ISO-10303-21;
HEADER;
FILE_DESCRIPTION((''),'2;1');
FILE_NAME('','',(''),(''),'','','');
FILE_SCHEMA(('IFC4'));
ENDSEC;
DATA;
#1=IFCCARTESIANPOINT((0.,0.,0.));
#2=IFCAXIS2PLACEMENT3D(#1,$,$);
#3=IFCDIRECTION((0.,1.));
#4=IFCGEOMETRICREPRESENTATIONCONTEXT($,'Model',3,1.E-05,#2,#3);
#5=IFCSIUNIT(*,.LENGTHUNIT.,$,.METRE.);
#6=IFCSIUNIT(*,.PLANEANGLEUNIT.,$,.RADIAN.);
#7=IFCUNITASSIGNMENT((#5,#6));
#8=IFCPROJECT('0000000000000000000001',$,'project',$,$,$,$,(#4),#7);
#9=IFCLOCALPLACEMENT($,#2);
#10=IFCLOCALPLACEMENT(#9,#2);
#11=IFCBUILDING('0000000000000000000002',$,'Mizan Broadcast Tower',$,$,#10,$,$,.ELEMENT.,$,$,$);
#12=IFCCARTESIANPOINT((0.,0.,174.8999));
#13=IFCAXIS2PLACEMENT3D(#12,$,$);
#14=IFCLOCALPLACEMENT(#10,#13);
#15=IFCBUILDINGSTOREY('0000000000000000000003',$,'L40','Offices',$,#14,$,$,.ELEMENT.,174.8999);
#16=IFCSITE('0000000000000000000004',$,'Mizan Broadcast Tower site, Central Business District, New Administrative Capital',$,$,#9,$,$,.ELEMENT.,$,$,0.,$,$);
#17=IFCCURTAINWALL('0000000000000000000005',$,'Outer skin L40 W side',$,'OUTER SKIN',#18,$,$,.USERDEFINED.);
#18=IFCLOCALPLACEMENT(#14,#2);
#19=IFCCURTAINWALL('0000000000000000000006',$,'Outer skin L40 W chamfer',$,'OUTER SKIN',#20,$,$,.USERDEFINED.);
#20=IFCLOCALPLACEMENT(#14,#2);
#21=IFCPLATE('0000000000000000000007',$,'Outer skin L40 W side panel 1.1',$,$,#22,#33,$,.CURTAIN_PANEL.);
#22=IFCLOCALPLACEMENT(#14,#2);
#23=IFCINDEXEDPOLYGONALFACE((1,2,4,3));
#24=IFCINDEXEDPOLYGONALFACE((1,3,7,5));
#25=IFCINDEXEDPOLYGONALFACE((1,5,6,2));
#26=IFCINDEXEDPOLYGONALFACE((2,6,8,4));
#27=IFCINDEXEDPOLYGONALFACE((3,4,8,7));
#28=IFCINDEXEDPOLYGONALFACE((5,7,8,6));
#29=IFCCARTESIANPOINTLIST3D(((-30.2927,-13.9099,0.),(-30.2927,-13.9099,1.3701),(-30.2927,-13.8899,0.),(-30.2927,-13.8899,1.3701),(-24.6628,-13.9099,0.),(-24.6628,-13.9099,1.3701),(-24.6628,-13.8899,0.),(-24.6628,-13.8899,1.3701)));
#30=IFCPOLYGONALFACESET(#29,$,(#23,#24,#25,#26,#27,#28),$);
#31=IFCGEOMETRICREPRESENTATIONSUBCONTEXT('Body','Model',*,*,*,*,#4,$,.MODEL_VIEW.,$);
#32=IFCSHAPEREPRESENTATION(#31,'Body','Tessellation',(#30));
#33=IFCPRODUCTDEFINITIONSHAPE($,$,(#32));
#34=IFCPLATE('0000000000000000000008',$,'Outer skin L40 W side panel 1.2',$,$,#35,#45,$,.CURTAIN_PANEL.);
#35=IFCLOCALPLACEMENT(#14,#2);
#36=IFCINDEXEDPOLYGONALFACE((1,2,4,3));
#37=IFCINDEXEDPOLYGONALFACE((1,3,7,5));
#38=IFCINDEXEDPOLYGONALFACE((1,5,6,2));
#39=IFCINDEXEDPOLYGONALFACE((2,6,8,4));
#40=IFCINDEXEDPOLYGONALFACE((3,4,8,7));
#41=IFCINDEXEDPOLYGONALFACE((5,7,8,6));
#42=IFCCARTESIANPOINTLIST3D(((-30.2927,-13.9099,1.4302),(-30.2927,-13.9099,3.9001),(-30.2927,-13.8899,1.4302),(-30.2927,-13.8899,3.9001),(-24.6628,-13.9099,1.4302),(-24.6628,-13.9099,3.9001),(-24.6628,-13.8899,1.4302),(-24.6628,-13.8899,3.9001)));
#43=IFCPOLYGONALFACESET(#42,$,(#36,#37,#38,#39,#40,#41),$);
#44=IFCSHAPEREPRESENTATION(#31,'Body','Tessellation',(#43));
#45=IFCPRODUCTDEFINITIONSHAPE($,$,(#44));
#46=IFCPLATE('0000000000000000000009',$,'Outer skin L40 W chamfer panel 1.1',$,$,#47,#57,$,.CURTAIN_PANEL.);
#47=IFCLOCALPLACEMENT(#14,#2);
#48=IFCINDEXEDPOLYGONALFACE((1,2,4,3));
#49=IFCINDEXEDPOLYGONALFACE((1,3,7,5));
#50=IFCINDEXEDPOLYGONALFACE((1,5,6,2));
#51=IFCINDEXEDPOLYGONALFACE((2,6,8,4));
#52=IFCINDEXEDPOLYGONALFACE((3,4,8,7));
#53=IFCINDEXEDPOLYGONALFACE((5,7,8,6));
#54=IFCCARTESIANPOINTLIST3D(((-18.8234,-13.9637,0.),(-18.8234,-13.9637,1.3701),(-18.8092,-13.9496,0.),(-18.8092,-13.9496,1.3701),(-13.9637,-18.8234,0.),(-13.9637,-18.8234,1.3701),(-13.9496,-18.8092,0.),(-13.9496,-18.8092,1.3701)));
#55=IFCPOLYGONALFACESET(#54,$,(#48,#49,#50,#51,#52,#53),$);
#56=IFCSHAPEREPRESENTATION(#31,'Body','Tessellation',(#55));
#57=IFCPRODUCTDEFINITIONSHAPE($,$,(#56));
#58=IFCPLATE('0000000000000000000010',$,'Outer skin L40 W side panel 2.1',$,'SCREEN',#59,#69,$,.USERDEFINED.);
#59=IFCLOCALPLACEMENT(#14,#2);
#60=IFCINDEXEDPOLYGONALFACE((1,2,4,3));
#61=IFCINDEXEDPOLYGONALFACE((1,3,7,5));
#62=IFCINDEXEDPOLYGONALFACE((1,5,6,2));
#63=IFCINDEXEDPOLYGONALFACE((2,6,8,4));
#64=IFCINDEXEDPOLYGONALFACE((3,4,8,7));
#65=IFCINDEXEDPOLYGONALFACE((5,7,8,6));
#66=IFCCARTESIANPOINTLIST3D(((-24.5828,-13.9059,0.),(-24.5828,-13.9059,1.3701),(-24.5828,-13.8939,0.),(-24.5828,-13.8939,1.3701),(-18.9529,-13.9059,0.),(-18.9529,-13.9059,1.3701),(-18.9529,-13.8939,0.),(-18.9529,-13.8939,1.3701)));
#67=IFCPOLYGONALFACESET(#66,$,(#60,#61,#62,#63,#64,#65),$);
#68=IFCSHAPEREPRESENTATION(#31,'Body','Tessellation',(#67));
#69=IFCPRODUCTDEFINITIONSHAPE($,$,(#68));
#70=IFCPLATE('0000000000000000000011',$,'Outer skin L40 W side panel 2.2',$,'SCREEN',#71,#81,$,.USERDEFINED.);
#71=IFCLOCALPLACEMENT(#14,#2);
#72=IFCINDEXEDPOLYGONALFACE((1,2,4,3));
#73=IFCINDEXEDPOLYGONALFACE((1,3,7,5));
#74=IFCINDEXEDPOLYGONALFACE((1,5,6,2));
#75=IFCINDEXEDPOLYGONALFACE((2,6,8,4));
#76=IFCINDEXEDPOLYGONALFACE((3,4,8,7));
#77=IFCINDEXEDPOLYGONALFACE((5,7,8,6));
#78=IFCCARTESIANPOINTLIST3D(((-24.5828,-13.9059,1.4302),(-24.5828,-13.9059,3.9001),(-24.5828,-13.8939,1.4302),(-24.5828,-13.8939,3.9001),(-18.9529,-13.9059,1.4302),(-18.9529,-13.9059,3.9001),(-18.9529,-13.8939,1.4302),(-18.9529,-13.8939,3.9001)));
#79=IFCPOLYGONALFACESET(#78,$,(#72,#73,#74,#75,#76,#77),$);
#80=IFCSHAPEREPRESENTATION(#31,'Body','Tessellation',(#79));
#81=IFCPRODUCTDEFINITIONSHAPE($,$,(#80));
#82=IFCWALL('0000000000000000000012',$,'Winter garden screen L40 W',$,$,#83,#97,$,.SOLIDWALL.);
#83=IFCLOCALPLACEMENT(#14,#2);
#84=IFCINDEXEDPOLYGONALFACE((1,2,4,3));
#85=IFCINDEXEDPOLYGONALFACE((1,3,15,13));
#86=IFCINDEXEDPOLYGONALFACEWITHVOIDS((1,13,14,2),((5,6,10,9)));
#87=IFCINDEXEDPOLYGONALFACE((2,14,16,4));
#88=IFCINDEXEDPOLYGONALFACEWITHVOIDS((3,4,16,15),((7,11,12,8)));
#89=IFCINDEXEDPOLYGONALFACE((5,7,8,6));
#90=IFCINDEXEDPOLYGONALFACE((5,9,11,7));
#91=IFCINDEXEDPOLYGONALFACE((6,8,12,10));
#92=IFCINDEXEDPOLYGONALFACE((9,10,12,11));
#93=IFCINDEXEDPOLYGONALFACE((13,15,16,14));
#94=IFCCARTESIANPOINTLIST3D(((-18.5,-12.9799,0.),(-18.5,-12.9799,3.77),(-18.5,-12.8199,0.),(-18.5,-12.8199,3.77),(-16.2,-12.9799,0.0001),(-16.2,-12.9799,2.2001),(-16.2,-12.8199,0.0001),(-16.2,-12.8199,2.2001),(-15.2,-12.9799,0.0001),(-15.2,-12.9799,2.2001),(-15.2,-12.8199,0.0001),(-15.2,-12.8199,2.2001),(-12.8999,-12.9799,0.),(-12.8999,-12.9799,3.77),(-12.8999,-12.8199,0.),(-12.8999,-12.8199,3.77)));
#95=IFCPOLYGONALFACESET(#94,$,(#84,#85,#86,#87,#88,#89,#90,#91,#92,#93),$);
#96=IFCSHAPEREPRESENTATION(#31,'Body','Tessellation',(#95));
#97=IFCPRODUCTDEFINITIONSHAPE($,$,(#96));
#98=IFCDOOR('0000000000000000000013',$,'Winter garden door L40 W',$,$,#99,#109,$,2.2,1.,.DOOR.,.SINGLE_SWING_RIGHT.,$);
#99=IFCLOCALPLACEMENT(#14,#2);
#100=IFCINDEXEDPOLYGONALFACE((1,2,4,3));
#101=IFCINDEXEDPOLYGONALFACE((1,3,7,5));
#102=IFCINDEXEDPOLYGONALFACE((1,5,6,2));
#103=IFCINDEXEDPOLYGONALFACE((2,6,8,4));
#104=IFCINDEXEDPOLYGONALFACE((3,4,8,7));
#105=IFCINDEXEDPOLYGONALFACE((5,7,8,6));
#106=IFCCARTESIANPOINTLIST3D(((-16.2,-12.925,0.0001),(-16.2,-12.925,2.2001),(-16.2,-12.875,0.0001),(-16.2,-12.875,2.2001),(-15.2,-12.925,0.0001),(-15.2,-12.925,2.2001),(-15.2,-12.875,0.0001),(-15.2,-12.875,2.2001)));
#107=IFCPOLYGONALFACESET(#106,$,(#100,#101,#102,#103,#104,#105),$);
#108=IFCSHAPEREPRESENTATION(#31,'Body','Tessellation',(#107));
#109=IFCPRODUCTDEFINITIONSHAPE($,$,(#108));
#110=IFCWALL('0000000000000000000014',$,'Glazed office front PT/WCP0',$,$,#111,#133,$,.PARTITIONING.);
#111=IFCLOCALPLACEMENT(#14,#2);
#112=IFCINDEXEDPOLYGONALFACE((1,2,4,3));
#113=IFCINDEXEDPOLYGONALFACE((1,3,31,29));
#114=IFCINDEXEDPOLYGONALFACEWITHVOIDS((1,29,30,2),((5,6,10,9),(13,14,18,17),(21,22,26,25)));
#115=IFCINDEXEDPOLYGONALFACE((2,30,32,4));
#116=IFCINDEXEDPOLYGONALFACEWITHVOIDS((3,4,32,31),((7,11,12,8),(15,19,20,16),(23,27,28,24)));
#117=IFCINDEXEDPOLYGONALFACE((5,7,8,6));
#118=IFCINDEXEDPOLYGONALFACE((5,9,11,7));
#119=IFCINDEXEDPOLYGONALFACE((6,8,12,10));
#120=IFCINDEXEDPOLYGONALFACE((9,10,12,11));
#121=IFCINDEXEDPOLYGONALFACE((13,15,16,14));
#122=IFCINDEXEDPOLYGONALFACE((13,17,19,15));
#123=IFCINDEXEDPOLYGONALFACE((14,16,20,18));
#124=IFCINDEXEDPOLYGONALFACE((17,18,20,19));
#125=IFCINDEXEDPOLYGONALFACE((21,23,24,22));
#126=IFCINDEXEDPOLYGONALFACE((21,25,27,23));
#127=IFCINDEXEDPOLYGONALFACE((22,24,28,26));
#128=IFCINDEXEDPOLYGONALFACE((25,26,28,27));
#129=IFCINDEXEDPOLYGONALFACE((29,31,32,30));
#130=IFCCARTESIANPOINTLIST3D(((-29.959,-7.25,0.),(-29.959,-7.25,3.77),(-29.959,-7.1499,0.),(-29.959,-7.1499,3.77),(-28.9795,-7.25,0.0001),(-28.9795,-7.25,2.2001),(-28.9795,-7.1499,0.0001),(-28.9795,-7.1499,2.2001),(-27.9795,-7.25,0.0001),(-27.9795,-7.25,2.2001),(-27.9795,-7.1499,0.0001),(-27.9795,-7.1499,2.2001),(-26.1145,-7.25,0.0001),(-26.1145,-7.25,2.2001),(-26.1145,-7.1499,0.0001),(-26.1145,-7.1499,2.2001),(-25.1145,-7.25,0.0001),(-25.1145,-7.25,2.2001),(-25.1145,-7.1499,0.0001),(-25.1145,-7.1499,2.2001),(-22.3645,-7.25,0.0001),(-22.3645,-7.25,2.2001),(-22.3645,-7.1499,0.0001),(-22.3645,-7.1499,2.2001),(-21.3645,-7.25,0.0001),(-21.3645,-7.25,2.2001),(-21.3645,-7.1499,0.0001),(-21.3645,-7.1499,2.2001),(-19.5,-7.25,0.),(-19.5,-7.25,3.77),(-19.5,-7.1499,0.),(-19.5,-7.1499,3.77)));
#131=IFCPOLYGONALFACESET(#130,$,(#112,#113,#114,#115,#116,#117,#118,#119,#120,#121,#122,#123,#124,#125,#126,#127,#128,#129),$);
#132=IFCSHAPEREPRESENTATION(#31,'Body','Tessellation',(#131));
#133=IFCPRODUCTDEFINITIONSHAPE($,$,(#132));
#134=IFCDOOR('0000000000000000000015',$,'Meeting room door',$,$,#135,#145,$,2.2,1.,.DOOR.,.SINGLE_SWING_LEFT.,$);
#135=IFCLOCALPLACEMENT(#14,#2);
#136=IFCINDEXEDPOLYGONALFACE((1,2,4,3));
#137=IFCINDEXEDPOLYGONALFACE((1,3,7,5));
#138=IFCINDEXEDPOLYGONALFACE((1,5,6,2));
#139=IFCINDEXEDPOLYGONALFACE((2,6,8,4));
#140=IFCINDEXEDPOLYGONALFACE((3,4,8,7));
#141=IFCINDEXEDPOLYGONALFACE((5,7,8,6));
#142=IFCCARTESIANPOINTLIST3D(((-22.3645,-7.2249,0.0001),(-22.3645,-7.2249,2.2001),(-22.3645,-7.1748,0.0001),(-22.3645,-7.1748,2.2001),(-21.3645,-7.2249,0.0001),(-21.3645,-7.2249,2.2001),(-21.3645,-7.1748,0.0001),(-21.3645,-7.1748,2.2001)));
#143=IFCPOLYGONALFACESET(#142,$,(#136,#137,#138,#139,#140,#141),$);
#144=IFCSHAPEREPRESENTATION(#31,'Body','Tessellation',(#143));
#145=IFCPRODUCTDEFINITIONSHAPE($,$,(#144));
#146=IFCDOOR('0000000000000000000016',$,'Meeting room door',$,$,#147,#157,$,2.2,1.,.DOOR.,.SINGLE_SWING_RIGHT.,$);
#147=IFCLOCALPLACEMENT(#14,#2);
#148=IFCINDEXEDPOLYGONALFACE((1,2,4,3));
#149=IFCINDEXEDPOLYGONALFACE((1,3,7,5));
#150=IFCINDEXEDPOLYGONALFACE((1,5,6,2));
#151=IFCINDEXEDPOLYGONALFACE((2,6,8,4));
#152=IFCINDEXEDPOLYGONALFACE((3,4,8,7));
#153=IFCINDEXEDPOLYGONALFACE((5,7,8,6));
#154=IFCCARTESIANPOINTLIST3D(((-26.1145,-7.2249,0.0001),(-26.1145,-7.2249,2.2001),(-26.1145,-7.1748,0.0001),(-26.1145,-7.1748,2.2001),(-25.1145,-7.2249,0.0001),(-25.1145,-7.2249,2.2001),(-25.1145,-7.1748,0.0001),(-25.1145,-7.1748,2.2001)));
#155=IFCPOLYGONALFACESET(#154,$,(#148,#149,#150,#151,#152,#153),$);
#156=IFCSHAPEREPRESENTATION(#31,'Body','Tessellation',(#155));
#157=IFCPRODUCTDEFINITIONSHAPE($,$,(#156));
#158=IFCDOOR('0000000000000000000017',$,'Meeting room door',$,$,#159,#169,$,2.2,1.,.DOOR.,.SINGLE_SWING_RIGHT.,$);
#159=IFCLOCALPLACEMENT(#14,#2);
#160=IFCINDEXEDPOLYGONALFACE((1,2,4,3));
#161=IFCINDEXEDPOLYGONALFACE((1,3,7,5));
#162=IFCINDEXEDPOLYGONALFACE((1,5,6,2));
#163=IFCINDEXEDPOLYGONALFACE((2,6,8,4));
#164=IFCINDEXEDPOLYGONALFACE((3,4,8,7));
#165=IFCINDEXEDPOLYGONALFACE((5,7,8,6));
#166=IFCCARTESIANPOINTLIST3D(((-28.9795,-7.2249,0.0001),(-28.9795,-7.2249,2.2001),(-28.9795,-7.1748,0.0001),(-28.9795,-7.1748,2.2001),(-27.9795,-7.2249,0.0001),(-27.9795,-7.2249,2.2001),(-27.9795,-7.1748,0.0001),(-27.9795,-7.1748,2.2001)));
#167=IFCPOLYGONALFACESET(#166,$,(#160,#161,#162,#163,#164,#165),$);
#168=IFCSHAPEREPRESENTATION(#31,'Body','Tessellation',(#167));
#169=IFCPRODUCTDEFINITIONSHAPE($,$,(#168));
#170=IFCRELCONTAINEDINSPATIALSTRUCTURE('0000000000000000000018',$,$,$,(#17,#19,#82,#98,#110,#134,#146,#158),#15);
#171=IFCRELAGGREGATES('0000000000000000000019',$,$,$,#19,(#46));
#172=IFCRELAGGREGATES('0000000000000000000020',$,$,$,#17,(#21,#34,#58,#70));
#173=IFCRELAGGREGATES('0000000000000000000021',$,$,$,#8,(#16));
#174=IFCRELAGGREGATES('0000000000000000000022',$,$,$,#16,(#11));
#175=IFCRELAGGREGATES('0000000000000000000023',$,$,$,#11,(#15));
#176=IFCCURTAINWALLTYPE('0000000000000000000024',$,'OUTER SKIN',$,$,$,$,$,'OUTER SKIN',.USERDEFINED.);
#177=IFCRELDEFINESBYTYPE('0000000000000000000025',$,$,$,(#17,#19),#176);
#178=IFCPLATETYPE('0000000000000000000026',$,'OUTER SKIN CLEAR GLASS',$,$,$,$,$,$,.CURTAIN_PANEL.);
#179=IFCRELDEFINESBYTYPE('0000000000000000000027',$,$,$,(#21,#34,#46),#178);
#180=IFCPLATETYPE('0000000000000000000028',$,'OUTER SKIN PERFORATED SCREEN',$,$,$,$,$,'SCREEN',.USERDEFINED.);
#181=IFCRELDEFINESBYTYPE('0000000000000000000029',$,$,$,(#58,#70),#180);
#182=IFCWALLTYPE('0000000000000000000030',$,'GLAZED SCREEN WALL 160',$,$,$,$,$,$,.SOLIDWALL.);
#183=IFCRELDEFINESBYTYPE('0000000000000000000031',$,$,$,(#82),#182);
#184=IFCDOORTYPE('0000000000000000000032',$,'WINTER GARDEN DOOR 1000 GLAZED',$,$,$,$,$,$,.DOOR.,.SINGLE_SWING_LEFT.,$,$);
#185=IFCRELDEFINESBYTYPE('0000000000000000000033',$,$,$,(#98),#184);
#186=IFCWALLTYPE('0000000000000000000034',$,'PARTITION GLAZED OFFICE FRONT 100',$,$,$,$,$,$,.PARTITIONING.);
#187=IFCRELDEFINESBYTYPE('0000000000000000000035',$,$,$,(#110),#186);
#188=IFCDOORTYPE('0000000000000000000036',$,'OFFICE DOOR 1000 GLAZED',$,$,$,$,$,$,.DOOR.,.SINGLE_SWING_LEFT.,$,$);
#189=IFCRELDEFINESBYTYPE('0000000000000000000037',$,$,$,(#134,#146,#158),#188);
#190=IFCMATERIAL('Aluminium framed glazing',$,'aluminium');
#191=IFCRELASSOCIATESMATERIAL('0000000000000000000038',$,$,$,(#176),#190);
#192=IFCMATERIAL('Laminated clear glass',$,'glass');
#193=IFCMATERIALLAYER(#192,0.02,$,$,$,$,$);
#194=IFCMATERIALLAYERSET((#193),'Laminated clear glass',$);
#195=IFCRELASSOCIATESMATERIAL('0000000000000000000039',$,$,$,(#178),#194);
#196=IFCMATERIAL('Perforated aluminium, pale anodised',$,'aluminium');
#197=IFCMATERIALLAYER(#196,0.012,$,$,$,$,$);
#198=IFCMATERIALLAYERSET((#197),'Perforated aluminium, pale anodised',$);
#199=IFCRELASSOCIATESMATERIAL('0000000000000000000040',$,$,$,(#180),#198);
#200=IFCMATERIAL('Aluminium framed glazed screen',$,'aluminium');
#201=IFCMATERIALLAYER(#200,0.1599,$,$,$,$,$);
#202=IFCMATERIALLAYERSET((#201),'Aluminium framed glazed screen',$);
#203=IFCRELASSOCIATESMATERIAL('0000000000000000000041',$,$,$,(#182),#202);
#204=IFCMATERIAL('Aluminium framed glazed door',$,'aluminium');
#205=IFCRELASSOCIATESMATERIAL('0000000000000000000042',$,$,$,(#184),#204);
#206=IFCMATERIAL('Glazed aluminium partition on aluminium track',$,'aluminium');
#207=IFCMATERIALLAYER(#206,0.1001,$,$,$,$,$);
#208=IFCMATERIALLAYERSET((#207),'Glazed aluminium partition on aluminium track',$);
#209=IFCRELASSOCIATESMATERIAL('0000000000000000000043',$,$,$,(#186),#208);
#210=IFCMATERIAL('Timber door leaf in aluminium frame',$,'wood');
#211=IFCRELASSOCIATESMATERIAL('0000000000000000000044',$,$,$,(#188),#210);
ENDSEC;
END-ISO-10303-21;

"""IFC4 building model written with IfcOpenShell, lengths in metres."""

from ifc_helpers import new_model, si_unit, direction, frame, frame_2d, origin, origin_2d, place, context, subcontext, project, spatial, rectangle, extrude, material, layer, layer_set, type_object, element, fill, aggregate, save


model = new_model("IFC4")

# Units and contexts
model_context = context("Model", 3, precision=1e-05, world=origin(), true_north=direction((0.0, 1.0)))
body_context = subcontext(model_context, "Body", "Model", "MODEL_VIEW")
ifc_project = project(units=[si_unit("LENGTHUNIT", "METRE"), si_unit("PLANEANGLEUNIT", "RADIAN")], contexts=[model_context])

# Site, building, storey
site_placement = place(None, origin())
site = spatial("IfcSite", under=ifc_project, at=site_placement, Name="Mizan Broadcast Tower site, Central Business District, New Administrative Capital", CompositionType="ELEMENT", RefElevation=0.0)
building_placement = place(site_placement, origin())
building = spatial("IfcBuilding", under=site, at=building_placement, Name="Mizan Broadcast Tower", CompositionType="ELEMENT")
storey_placement = place(building_placement, frame((0.0, 0.0, 174.8999)))
storey = spatial("IfcBuildingStorey", under=building, at=storey_placement, Name="L40", Description="Offices", CompositionType="ELEMENT", Elevation=174.8999)

# Curtain wall
ifc_material_1 = material(Name="Aluminium framed glazing", Category="aluminium")
curtain_wall_type_1 = type_object("IfcCurtainWallType", Name="OUTER SKIN", ElementType="OUTER SKIN", PredefinedType="USERDEFINED", material=ifc_material_1)
curtain_wall_1_placement = place(storey_placement, origin())
curtain_wall_1 = element("IfcCurtainWall", 1, at=curtain_wall_1_placement, inside=storey, type_object=curtain_wall_type_1, Name="Outer skin L40 W side", ObjectType="OUTER SKIN", PredefinedType="USERDEFINED")

# Curtain wall
curtain_wall_2_placement = place(storey_placement, origin())
curtain_wall_2 = element("IfcCurtainWall", 2, at=curtain_wall_2_placement, inside=storey, type_object=curtain_wall_type_1, Name="Outer skin L40 W chamfer", ObjectType="OUTER SKIN", PredefinedType="USERDEFINED")

# Plates
ifc_material_2 = material(Name="Laminated clear glass", Category="glass")
ifc_layer_1 = layer(ifc_material_2, 0.02)
ifc_layer_set_1 = layer_set([ifc_layer_1], Name="Laminated clear glass")
plate_type_1 = type_object("IfcPlateType", Name="OUTER SKIN CLEAR GLASS", PredefinedType="CURTAIN_PANEL", material=ifc_layer_set_1)
plate_1_placement = place(storey_placement, frame((-27.4778, -13.8999, 0.0), z_axis=(0.0, 0.0, 1.0), x_axis=(1.0, 0.0, 0.0)))
plate_1 = element("IfcPlate", 3, at=plate_1_placement, type_object=plate_type_1, Name="Outer skin L40 W side panel 1.1", PredefinedType="CURTAIN_PANEL", context=body_context, shape_type="SweptSolid", body=[
    extrude(rectangle(XDim=5.6299, YDim=0.02, at=origin_2d()), origin(), (0.0, 0.0, 1.0), 1.3701),
])
plate_2_placement = place(storey_placement, frame((-27.4778, -13.8999, 1.4302), z_axis=(0.0, 0.0, 1.0), x_axis=(1.0, 0.0, 0.0)))
plate_2 = element("IfcPlate", 4, at=plate_2_placement, type_object=plate_type_1, Name="Outer skin L40 W side panel 1.2", PredefinedType="CURTAIN_PANEL", context=body_context, shape_type="SweptSolid", body=[
    extrude(rectangle(XDim=5.6299, YDim=0.02, at=origin_2d()), origin(), (0.0, 0.0, 1.0), 2.47),
])
plate_3_placement = place(storey_placement, frame((-16.3865, -16.3865, 0.0), z_axis=(0.0, 0.0, 1.0), x_axis=(0.707107, -0.707107, 0.0)))
plate_3 = element("IfcPlate", 5, at=plate_3_placement, type_object=plate_type_1, Name="Outer skin L40 W chamfer panel 1.1", PredefinedType="CURTAIN_PANEL", context=body_context, shape_type="SweptSolid", body=[
    extrude(rectangle(XDim=6.8726, YDim=0.02, at=origin_2d()), origin(), (0.0, 0.0, 1.0), 1.3701),
])
aggregate(curtain_wall_2, [plate_3])
ifc_material_3 = material(Name="Perforated aluminium, pale anodised", Category="aluminium")
ifc_layer_2 = layer(ifc_material_3, 0.012)
ifc_layer_set_2 = layer_set([ifc_layer_2], Name="Perforated aluminium, pale anodised")
plate_type_2 = type_object("IfcPlateType", Name="OUTER SKIN PERFORATED SCREEN", ElementType="SCREEN", PredefinedType="USERDEFINED", material=ifc_layer_set_2)
plate_4_placement = place(storey_placement, frame((-21.7678, -13.8999, 0.0), z_axis=(0.0, 0.0, 1.0), x_axis=(1.0, 0.0, 0.0)))
plate_4 = element("IfcPlate", 6, at=plate_4_placement, type_object=plate_type_2, Name="Outer skin L40 W side panel 2.1", ObjectType="SCREEN", PredefinedType="USERDEFINED", context=body_context, shape_type="SweptSolid", body=[
    extrude(rectangle(XDim=5.6299, YDim=0.012, at=origin_2d()), origin(), (0.0, 0.0, 1.0), 1.3701),
])
plate_5_placement = place(storey_placement, frame((-21.7678, -13.8999, 1.4302), z_axis=(0.0, 0.0, 1.0), x_axis=(1.0, 0.0, 0.0)))
plate_5 = element("IfcPlate", 7, at=plate_5_placement, type_object=plate_type_2, Name="Outer skin L40 W side panel 2.2", ObjectType="SCREEN", PredefinedType="USERDEFINED", context=body_context, shape_type="SweptSolid", body=[
    extrude(rectangle(XDim=5.6299, YDim=0.012, at=origin_2d()), origin(), (0.0, 0.0, 1.0), 2.47),
])
aggregate(curtain_wall_1, [plate_1, plate_2, plate_4, plate_5])

# Wall, opening, door
ifc_material_4 = material(Name="Aluminium framed glazed screen", Category="aluminium")
ifc_layer_3 = layer(ifc_material_4, 0.1599)
ifc_layer_set_3 = layer_set([ifc_layer_3], Name="Aluminium framed glazed screen")
wall_type_1 = type_object("IfcWallType", Name="GLAZED SCREEN WALL 160", PredefinedType="SOLIDWALL", material=ifc_layer_set_3)
wall_1_placement = place(storey_placement, frame((-18.5, -12.8999, 0.0), z_axis=(0.0, 0.0, 1.0), x_axis=(1.0, 0.0, 0.0)))
wall_1 = element("IfcWall", 8, at=wall_1_placement, inside=storey, type_object=wall_type_1, Name="Winter garden screen L40 W", PredefinedType="SOLIDWALL", context=body_context, shape_type="SweptSolid", body=[
    extrude(rectangle(XDim=5.6001, YDim=0.1599, at=frame_2d((2.8, 0.0))), origin(), (0.0, 0.0, 1.0), 3.77),
])
opening_1_placement = place(wall_1_placement, frame((2.3, 0.0, 0.0)))
opening_1 = element("IfcOpeningElement", 9, at=opening_1_placement, cuts=wall_1, PredefinedType="OPENING", context=body_context, shape_type="SweptSolid", body=[
    extrude(rectangle(XDim=1.0, YDim=2.2, at=frame_2d((0.5, 1.1001))), frame((0.0, 0.0898, 0.0), z_axis=(0.0, -1.0, 0.0), x_axis=(1.0, 0.0, 0.0)), (0.0, 0.0, 1.0), 0.1799),
])
ifc_material_5 = material(Name="Aluminium framed glazed door", Category="aluminium")
door_type_1 = type_object("IfcDoorType", Name="WINTER GARDEN DOOR 1000 GLAZED", OperationType="SINGLE_SWING_LEFT", PredefinedType="DOOR", material=ifc_material_5)
door_1_placement = place(opening_1_placement, origin())
door_1 = element("IfcDoor", 10, at=door_1_placement, inside=storey, type_object=door_type_1, Name="Winter garden door L40 W", OperationType="SINGLE_SWING_RIGHT", OverallHeight=2.2, OverallWidth=1.0, PredefinedType="DOOR", context=body_context, shape_type="SweptSolid", body=[
    extrude(rectangle(XDim=1.0, YDim=2.2, at=frame_2d((0.5, 1.1001))), frame((0.0, 0.0249, 0.0), z_axis=(0.0, -1.0, 0.0), x_axis=(1.0, 0.0, 0.0)), (0.0, 0.0, 1.0), 0.05),
])
fill(opening_1, door_1)

# Wall, openings, doors
ifc_material_6 = material(Name="Glazed aluminium partition on aluminium track", Category="aluminium")
ifc_layer_4 = layer(ifc_material_6, 0.1001)
ifc_layer_set_4 = layer_set([ifc_layer_4], Name="Glazed aluminium partition on aluminium track")
wall_type_2 = type_object("IfcWallType", Name="PARTITION GLAZED OFFICE FRONT 100", PredefinedType="PARTITIONING", material=ifc_layer_set_4)
wall_2_placement = place(storey_placement, frame((-19.5, -7.2, 0.0), z_axis=(0.0, 0.0, 1.0), x_axis=(-1.0, 0.0, 0.0)))
wall_2 = element("IfcWall", 11, at=wall_2_placement, inside=storey, type_object=wall_type_2, Name="Glazed office front PT/WCP0", PredefinedType="PARTITIONING", context=body_context, shape_type="SweptSolid", body=[
    extrude(rectangle(XDim=10.459, YDim=0.1001, at=frame_2d((5.2295, 0.0))), origin(), (0.0, 0.0, 1.0), 3.77),
])
opening_2_placement = place(wall_2_placement, frame((1.8645, 0.0, 0.0)))
opening_2 = element("IfcOpeningElement", 12, at=opening_2_placement, cuts=wall_2, PredefinedType="OPENING", context=body_context, shape_type="SweptSolid", body=[
    extrude(rectangle(XDim=1.0, YDim=2.2, at=frame_2d((0.5, 1.1001))), frame((0.0, 0.0601, 0.0), z_axis=(0.0, -1.0, 0.0), x_axis=(1.0, 0.0, 0.0)), (0.0, 0.0, 1.0), 0.1201),
])
opening_3_placement = place(wall_2_placement, frame((5.6145, 0.0, 0.0)))
opening_3 = element("IfcOpeningElement", 13, at=opening_3_placement, cuts=wall_2, PredefinedType="OPENING", context=body_context, shape_type="SweptSolid", body=[
    extrude(rectangle(XDim=1.0, YDim=2.2, at=frame_2d((0.5, 1.1001))), frame((0.0, 0.0601, 0.0), z_axis=(0.0, -1.0, 0.0), x_axis=(1.0, 0.0, 0.0)), (0.0, 0.0, 1.0), 0.1201),
])
opening_4_placement = place(wall_2_placement, frame((8.4795, 0.0, 0.0)))
opening_4 = element("IfcOpeningElement", 14, at=opening_4_placement, cuts=wall_2, PredefinedType="OPENING", context=body_context, shape_type="SweptSolid", body=[
    extrude(rectangle(XDim=1.0, YDim=2.2, at=frame_2d((0.5, 1.1001))), frame((0.0, 0.0601, 0.0), z_axis=(0.0, -1.0, 0.0), x_axis=(1.0, 0.0, 0.0)), (0.0, 0.0, 1.0), 0.1201),
])
ifc_material_7 = material(Name="Timber door leaf in aluminium frame", Category="wood")
door_type_2 = type_object("IfcDoorType", Name="OFFICE DOOR 1000 GLAZED", OperationType="SINGLE_SWING_LEFT", PredefinedType="DOOR", material=ifc_material_7)
door_2_placement = place(opening_2_placement, origin())
door_2 = element("IfcDoor", 15, at=door_2_placement, inside=storey, type_object=door_type_2, Name="Meeting room door", OperationType="SINGLE_SWING_LEFT", OverallHeight=2.2, OverallWidth=1.0, PredefinedType="DOOR", context=body_context, shape_type="SweptSolid", body=[
    extrude(rectangle(XDim=1.0, YDim=2.2, at=frame_2d((0.5, 1.1001))), frame((0.0, 0.0249, 0.0), z_axis=(0.0, -1.0, 0.0), x_axis=(1.0, 0.0, 0.0)), (0.0, 0.0, 1.0), 0.05),
])
fill(opening_2, door_2)
door_3_placement = place(opening_3_placement, origin())
door_3 = element("IfcDoor", 16, at=door_3_placement, inside=storey, type_object=door_type_2, Name="Meeting room door", OperationType="SINGLE_SWING_RIGHT", OverallHeight=2.2, OverallWidth=1.0, PredefinedType="DOOR", context=body_context, shape_type="SweptSolid", body=[
    extrude(rectangle(XDim=1.0, YDim=2.2, at=frame_2d((0.5, 1.1001))), frame((0.0, 0.0249, 0.0), z_axis=(0.0, -1.0, 0.0), x_axis=(1.0, 0.0, 0.0)), (0.0, 0.0, 1.0), 0.05),
])
fill(opening_3, door_3)
door_4_placement = place(opening_4_placement, origin())
door_4 = element("IfcDoor", 17, at=door_4_placement, inside=storey, type_object=door_type_2, Name="Meeting room door", OperationType="SINGLE_SWING_RIGHT", OverallHeight=2.2, OverallWidth=1.0, PredefinedType="DOOR", context=body_context, shape_type="SweptSolid", body=[
    extrude(rectangle(XDim=1.0, YDim=2.2, at=frame_2d((0.5, 1.1001))), frame((0.0, 0.0249, 0.0), z_axis=(0.0, -1.0, 0.0), x_axis=(1.0, 0.0, 0.0)), (0.0, 0.0, 1.0), 0.05),
])
fill(opening_4, door_4)

save(model, "model.ifc")
